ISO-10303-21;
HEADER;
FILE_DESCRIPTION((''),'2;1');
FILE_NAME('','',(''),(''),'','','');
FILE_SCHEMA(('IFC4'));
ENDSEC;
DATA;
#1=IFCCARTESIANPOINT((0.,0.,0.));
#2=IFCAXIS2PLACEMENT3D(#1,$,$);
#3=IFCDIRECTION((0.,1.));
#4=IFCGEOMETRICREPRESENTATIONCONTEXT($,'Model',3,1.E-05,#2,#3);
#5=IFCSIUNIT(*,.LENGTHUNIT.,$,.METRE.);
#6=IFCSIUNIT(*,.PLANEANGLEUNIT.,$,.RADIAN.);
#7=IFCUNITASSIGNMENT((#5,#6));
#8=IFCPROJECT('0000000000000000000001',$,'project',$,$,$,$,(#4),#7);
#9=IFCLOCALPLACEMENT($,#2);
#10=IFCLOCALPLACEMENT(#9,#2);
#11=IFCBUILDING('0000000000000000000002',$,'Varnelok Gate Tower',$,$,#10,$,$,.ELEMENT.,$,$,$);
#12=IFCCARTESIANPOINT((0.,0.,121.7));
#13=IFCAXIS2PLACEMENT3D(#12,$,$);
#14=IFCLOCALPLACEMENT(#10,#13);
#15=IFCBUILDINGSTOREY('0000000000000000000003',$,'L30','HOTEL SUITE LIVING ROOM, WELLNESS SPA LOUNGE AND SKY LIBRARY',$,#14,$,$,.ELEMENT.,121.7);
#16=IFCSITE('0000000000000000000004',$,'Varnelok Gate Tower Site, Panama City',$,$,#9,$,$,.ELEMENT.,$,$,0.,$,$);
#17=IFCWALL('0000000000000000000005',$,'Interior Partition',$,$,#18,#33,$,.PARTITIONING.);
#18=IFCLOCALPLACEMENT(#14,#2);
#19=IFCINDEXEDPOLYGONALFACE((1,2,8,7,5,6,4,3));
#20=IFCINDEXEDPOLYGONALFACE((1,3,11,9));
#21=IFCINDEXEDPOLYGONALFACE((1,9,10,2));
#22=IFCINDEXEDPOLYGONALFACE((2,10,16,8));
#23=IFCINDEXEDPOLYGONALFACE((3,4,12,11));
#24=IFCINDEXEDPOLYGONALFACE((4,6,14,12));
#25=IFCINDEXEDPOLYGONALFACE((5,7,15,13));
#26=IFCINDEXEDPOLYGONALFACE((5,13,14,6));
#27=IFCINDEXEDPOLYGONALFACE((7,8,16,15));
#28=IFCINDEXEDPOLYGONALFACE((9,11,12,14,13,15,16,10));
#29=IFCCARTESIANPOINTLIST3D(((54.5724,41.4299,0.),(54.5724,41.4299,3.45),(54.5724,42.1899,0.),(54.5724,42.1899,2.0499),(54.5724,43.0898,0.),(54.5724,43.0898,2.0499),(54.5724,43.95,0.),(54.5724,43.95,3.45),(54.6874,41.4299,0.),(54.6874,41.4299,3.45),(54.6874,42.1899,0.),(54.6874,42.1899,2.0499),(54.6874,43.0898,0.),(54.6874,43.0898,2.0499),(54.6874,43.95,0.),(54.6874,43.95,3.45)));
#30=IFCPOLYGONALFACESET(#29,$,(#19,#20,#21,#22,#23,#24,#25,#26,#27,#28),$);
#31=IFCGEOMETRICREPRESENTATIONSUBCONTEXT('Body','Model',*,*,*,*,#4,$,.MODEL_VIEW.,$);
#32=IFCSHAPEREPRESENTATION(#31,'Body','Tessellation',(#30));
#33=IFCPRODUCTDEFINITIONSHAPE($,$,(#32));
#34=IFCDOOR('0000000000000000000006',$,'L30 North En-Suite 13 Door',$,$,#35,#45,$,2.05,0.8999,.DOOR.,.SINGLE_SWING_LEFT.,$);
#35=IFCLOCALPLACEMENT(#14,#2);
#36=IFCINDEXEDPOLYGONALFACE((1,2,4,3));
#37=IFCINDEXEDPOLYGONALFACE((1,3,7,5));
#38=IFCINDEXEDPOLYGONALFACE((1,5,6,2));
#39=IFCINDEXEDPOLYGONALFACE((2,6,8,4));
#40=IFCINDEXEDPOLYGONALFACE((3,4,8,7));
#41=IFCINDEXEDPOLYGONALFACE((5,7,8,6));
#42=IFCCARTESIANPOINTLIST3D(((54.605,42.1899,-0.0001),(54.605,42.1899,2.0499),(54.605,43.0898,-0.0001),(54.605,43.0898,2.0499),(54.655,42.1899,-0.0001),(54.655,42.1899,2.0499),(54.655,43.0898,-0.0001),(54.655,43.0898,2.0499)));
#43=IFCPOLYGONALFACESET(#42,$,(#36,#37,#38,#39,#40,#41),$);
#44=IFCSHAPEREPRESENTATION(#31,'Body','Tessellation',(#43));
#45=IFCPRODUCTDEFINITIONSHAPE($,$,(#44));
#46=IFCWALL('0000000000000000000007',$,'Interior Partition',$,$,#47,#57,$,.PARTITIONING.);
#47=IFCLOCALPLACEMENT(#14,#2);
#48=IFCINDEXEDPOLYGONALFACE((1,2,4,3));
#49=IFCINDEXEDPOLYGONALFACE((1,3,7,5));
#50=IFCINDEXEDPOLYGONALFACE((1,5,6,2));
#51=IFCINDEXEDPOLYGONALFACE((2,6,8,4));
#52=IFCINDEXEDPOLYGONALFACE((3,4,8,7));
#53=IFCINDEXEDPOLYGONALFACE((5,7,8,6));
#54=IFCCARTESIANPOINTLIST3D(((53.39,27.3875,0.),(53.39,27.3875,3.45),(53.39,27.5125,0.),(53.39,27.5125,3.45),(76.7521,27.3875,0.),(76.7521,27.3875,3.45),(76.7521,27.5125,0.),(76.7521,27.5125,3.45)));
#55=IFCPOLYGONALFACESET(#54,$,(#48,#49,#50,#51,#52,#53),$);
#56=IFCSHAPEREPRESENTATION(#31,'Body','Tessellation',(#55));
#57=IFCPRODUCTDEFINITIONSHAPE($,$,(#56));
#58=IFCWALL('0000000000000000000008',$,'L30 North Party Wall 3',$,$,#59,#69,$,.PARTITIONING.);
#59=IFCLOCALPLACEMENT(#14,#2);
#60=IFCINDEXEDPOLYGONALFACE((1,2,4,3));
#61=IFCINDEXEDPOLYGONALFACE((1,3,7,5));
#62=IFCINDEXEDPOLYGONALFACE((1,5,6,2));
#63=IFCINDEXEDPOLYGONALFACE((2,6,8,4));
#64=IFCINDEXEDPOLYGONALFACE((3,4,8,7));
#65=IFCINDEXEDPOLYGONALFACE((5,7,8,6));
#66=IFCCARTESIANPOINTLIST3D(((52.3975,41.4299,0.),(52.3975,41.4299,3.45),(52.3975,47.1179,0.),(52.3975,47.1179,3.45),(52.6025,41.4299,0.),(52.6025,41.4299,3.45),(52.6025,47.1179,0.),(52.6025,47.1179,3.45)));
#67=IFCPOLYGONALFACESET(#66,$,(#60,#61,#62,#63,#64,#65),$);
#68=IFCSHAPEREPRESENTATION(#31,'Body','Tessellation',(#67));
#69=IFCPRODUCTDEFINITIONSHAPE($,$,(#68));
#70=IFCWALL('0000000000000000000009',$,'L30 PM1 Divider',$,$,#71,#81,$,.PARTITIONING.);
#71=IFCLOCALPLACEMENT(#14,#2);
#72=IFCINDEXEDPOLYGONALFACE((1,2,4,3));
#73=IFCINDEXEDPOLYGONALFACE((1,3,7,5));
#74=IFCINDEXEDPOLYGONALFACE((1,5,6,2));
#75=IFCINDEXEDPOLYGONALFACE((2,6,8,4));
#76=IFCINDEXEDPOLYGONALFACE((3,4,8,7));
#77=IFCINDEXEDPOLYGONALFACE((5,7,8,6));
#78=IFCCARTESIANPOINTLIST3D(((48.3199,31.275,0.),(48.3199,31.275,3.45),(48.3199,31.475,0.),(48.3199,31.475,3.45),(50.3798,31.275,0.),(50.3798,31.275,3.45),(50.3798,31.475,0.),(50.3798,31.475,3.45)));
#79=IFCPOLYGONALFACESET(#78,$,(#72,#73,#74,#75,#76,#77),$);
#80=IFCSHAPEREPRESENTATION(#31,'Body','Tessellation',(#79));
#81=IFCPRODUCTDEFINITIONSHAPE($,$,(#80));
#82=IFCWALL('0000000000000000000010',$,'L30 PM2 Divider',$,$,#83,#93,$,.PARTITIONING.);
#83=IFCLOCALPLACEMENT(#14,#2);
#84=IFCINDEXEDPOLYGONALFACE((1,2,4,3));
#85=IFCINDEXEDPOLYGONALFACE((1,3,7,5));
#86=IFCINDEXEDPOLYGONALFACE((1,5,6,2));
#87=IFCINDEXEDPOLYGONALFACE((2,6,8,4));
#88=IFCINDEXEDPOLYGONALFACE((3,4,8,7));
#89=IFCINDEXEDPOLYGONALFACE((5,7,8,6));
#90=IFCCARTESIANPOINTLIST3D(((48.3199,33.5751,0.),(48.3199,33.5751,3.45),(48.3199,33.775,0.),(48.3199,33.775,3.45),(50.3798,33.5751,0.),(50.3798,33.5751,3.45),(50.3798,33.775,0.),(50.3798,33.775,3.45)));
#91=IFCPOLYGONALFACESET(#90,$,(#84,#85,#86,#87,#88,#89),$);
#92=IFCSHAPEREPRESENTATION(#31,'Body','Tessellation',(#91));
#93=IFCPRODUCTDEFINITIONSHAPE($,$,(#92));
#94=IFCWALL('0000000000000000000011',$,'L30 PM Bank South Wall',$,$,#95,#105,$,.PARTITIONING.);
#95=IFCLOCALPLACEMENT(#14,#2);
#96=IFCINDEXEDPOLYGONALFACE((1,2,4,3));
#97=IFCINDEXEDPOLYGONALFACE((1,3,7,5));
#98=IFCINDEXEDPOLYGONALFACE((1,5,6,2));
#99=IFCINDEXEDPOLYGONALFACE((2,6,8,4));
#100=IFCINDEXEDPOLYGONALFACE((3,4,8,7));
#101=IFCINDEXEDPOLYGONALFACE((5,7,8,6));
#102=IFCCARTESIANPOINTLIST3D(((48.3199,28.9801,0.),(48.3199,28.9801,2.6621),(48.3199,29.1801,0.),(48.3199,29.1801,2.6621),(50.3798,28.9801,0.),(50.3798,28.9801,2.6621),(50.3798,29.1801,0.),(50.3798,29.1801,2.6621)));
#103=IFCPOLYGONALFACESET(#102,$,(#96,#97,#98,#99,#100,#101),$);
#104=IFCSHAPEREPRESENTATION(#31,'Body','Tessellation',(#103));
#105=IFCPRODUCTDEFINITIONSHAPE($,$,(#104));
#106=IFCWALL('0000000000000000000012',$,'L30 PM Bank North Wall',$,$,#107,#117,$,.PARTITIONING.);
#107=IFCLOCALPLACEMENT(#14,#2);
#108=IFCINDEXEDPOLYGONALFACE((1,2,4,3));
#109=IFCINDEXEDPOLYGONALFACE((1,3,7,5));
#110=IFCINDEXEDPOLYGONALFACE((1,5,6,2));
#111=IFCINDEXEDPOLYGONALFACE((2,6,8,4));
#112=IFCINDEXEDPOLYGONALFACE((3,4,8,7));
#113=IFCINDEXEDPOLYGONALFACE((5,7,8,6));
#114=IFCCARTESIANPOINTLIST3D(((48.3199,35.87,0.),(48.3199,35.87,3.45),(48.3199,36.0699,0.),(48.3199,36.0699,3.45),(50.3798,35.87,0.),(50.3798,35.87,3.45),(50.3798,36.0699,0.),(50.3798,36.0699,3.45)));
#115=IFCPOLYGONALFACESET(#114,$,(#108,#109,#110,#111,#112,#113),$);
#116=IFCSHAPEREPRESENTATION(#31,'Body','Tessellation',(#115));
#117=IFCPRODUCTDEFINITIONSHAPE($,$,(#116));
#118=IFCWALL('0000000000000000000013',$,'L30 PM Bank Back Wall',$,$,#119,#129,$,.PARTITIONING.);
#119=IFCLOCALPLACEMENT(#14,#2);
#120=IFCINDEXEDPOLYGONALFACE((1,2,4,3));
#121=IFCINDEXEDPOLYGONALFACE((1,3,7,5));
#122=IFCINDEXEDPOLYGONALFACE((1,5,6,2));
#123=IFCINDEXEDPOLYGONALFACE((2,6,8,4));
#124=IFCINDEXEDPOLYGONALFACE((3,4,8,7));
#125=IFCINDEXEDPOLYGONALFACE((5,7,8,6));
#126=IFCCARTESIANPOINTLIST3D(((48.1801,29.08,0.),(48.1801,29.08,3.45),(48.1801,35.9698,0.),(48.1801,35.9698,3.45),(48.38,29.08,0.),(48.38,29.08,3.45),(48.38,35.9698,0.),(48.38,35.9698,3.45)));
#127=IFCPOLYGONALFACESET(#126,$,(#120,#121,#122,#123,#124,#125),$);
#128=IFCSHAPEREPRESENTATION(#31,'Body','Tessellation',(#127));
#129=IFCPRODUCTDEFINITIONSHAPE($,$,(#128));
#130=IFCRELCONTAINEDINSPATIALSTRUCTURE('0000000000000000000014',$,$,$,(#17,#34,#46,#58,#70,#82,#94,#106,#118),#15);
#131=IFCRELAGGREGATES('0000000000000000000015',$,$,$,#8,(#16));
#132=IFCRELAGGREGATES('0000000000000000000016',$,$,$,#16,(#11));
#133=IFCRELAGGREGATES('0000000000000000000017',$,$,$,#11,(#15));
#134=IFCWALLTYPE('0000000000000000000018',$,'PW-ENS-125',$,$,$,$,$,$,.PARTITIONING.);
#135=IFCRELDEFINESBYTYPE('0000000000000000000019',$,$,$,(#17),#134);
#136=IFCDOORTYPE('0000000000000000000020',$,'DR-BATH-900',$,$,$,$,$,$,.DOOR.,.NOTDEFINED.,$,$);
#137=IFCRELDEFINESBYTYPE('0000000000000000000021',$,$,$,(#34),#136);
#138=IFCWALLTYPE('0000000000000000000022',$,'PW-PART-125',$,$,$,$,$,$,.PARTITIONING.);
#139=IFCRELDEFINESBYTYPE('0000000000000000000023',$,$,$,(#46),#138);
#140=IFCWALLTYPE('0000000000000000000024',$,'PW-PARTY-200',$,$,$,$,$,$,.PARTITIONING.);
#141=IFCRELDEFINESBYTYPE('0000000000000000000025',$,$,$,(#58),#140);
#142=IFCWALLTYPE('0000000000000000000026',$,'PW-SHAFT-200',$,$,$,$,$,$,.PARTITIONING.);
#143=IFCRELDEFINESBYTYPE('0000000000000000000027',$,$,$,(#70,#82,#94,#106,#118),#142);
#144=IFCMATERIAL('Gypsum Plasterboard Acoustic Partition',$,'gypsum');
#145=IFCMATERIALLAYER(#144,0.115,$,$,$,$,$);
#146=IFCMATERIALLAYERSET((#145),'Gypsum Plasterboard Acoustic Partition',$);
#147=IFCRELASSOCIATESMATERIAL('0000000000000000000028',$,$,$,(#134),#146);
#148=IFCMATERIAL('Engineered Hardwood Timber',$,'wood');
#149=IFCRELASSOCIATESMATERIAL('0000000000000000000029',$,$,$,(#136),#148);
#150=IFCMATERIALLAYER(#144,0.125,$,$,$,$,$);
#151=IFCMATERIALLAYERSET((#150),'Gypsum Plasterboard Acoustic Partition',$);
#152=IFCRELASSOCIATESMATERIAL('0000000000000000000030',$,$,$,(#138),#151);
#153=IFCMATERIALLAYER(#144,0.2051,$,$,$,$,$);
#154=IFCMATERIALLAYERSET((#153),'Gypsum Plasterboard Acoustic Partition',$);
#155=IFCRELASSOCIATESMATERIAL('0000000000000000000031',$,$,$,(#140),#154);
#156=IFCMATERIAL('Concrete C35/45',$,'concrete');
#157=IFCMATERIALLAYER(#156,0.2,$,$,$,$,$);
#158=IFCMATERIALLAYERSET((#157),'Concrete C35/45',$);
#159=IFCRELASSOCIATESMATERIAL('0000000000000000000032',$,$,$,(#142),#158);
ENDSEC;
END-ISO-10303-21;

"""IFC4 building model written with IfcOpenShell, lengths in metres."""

from ifc_helpers import new_model, si_unit, direction, frame, frame_2d, origin, place, context, subcontext, project, spatial, rectangle, extrude, material, layer, layer_set, type_object, element, fill, save


model = new_model("IFC4")

# Units and contexts
model_context = context("Model", 3, precision=1e-05, world=origin(), true_north=direction((0.0, 1.0)))
body_context = subcontext(model_context, "Body", "Model", "MODEL_VIEW")
ifc_project = project(units=[si_unit("LENGTHUNIT", "METRE"), si_unit("PLANEANGLEUNIT", "RADIAN")], contexts=[model_context])

# Site, building, storey
site_placement = place(None, origin())
site = spatial("IfcSite", under=ifc_project, at=site_placement, Name="Varnelok Gate Tower Site, Panama City", CompositionType="ELEMENT", RefElevation=0.0)
building_placement = place(site_placement, origin())
building = spatial("IfcBuilding", under=site, at=building_placement, Name="Varnelok Gate Tower", CompositionType="ELEMENT")
storey_placement = place(building_placement, frame((0.0, 0.0, 121.7)))
storey = spatial("IfcBuildingStorey", under=building, at=storey_placement, Name="L30", Description="HOTEL SUITE LIVING ROOM, WELLNESS SPA LOUNGE AND SKY LIBRARY", CompositionType="ELEMENT", Elevation=121.7)

# Shared definitions
ifc_material_1 = material(Name="Gypsum Plasterboard Acoustic Partition", Category="gypsum")
ifc_material_2 = material(Name="Engineered Hardwood Timber", Category="wood")

# Shared definitions
ifc_layer_1 = layer(ifc_material_1, 0.115)
ifc_layer_set_1 = layer_set([ifc_layer_1], Name="Gypsum Plasterboard Acoustic Partition")
wall_type_1 = type_object("IfcWallType", Name="PW-ENS-125", PredefinedType="PARTITIONING", material=ifc_layer_set_1)

# Wall, opening, door
wall_1_placement = place(storey_placement, frame((54.6299, 41.4299, 0.0), z_axis=(0.0, 0.0, 1.0), x_axis=(0.0, 1.0, 0.0)))
wall_1 = element("IfcWall", 1, at=wall_1_placement, inside=storey, type_object=wall_type_1, Name="Interior Partition", PredefinedType="PARTITIONING", context=body_context, shape_type="SweptSolid", body=[
    extrude(rectangle(XDim=2.52, YDim=0.115, at=frame_2d((1.26, 0.0))), origin(), (0.0, 0.0, 1.0), 3.45),
])
opening_1_placement = place(wall_1_placement, frame((0.76, 0.0, 0.0)))
opening_1 = element("IfcOpeningElement", 2, at=opening_1_placement, cuts=wall_1, PredefinedType="OPENING", context=body_context, shape_type="SweptSolid", body=[
    extrude(rectangle(XDim=0.8999, YDim=2.05, at=frame_2d((0.45, 1.0249))), frame((0.0, 0.0674, 0.0), z_axis=(0.0, -1.0, 0.0), x_axis=(1.0, 0.0, 0.0)), (0.0, 0.0, 1.0), 0.135),
])
door_type_1 = type_object("IfcDoorType", Name="DR-BATH-900", OperationType="NOTDEFINED", PredefinedType="DOOR", material=ifc_material_2)
door_1_placement = place(opening_1_placement, origin())
door_1 = element("IfcDoor", 3, at=door_1_placement, inside=storey, type_object=door_type_1, Name="L30 North En-Suite 13 Door", OperationType="SINGLE_SWING_LEFT", OverallHeight=2.05, OverallWidth=0.8999, PredefinedType="DOOR", context=body_context, shape_type="SweptSolid", body=[
    extrude(rectangle(XDim=0.8999, YDim=2.05, at=frame_2d((0.45, 1.0249))), frame((0.0, 0.0249, 0.0), z_axis=(0.0, -1.0, 0.0), x_axis=(1.0, 0.0, 0.0)), (0.0, 0.0, 1.0), 0.05),
])
fill(opening_1, door_1)

# Walls
ifc_layer_2 = layer(ifc_material_1, 0.125)
ifc_layer_set_2 = layer_set([ifc_layer_2], Name="Gypsum Plasterboard Acoustic Partition")
wall_type_2 = type_object("IfcWallType", Name="PW-PART-125", PredefinedType="PARTITIONING", material=ifc_layer_set_2)
wall_2_placement = place(storey_placement, frame((53.3899, 27.45, 0.0), z_axis=(0.0, 0.0, 1.0), x_axis=(1.0, 0.0, 0.0)))
element("IfcWall", 4, at=wall_2_placement, inside=storey, type_object=wall_type_2, Name="Interior Partition", PredefinedType="PARTITIONING", context=body_context, shape_type="SweptSolid", body=[
    extrude(rectangle(XDim=23.3621, YDim=0.125, at=frame_2d((11.6812, 0.0))), origin(), (0.0, 0.0, 1.0), 3.45),
])
ifc_layer_3 = layer(ifc_material_1, 0.2051)
ifc_layer_set_3 = layer_set([ifc_layer_3], Name="Gypsum Plasterboard Acoustic Partition")
wall_type_3 = type_object("IfcWallType", Name="PW-PARTY-200", PredefinedType="PARTITIONING", material=ifc_layer_set_3)
wall_3_placement = place(storey_placement, frame((52.5, 41.4299, 0.0), z_axis=(0.0, 0.0, 1.0), x_axis=(0.0, 1.0, 0.0)))
element("IfcWall", 5, at=wall_3_placement, inside=storey, type_object=wall_type_3, Name="L30 North Party Wall 3", PredefinedType="PARTITIONING", context=body_context, shape_type="SweptSolid", body=[
    extrude(rectangle(XDim=5.688, YDim=0.2051, at=frame_2d((2.844, 0.0))), origin(), (0.0, 0.0, 1.0), 3.45),
])
ifc_material_3 = material(Name="Concrete C35/45", Category="concrete")
ifc_layer_4 = layer(ifc_material_3, 0.2)
ifc_layer_set_4 = layer_set([ifc_layer_4], Name="Concrete C35/45")
wall_type_4 = type_object("IfcWallType", Name="PW-SHAFT-200", PredefinedType="PARTITIONING", material=ifc_layer_set_4)
for number, where, z_axis, x_axis, name in (
    (6, (48.3201, 31.375, 0.0), (0.0, 0.0, 1.0), (1.0, 0.0, 0.0), "L30 PM1 Divider"),
    (7, (48.3201, 33.675, 0.0), (0.0, 0.0, 1.0), (1.0, 0.0, 0.0), "L30 PM2 Divider"),
):
    element("IfcWall", number, at=place(storey_placement, frame(where, z_axis=z_axis, x_axis=x_axis)), inside=storey, type_object=wall_type_4, Name=name, PredefinedType="PARTITIONING", context=body_context, shape_type="SweptSolid", body=[
        extrude(rectangle(XDim=2.0598, YDim=0.2, at=frame_2d((1.0298, 0.0))), origin(), (0.0, 0.0, 1.0), 3.45),
    ])
wall_4_placement = place(storey_placement, frame((48.3201, 29.0801, 0.0), z_axis=(0.0, 0.0, 1.0), x_axis=(1.0, 0.0, 0.0)))
element("IfcWall", 8, at=wall_4_placement, inside=storey, type_object=wall_type_4, Name="L30 PM Bank South Wall", PredefinedType="PARTITIONING", context=body_context, shape_type="SweptSolid", body=[
    extrude(rectangle(XDim=2.0598, YDim=0.2, at=frame_2d((1.0298, 0.0))), origin(), (0.0, 0.0, 1.0), 2.6621),
])
wall_5_placement = place(storey_placement, frame((48.3201, 35.97, 0.0), z_axis=(0.0, 0.0, 1.0), x_axis=(1.0, 0.0, 0.0)))
element("IfcWall", 9, at=wall_5_placement, inside=storey, type_object=wall_type_4, Name="L30 PM Bank North Wall", PredefinedType="PARTITIONING", context=body_context, shape_type="SweptSolid", body=[
    extrude(rectangle(XDim=2.0598, YDim=0.2, at=frame_2d((1.0298, 0.0))), origin(), (0.0, 0.0, 1.0), 3.45),
])
wall_6_placement = place(storey_placement, frame((48.28, 29.0801, 0.0), z_axis=(0.0, 0.0, 1.0), x_axis=(0.0, 1.0, 0.0)))
element("IfcWall", 10, at=wall_6_placement, inside=storey, type_object=wall_type_4, Name="L30 PM Bank Back Wall", PredefinedType="PARTITIONING", context=body_context, shape_type="SweptSolid", body=[
    extrude(rectangle(XDim=6.8899, YDim=0.2, at=frame_2d((3.4448, 0.0))), origin(), (0.0, 0.0, 1.0), 3.45),
])

save(model, "model.ifc")
